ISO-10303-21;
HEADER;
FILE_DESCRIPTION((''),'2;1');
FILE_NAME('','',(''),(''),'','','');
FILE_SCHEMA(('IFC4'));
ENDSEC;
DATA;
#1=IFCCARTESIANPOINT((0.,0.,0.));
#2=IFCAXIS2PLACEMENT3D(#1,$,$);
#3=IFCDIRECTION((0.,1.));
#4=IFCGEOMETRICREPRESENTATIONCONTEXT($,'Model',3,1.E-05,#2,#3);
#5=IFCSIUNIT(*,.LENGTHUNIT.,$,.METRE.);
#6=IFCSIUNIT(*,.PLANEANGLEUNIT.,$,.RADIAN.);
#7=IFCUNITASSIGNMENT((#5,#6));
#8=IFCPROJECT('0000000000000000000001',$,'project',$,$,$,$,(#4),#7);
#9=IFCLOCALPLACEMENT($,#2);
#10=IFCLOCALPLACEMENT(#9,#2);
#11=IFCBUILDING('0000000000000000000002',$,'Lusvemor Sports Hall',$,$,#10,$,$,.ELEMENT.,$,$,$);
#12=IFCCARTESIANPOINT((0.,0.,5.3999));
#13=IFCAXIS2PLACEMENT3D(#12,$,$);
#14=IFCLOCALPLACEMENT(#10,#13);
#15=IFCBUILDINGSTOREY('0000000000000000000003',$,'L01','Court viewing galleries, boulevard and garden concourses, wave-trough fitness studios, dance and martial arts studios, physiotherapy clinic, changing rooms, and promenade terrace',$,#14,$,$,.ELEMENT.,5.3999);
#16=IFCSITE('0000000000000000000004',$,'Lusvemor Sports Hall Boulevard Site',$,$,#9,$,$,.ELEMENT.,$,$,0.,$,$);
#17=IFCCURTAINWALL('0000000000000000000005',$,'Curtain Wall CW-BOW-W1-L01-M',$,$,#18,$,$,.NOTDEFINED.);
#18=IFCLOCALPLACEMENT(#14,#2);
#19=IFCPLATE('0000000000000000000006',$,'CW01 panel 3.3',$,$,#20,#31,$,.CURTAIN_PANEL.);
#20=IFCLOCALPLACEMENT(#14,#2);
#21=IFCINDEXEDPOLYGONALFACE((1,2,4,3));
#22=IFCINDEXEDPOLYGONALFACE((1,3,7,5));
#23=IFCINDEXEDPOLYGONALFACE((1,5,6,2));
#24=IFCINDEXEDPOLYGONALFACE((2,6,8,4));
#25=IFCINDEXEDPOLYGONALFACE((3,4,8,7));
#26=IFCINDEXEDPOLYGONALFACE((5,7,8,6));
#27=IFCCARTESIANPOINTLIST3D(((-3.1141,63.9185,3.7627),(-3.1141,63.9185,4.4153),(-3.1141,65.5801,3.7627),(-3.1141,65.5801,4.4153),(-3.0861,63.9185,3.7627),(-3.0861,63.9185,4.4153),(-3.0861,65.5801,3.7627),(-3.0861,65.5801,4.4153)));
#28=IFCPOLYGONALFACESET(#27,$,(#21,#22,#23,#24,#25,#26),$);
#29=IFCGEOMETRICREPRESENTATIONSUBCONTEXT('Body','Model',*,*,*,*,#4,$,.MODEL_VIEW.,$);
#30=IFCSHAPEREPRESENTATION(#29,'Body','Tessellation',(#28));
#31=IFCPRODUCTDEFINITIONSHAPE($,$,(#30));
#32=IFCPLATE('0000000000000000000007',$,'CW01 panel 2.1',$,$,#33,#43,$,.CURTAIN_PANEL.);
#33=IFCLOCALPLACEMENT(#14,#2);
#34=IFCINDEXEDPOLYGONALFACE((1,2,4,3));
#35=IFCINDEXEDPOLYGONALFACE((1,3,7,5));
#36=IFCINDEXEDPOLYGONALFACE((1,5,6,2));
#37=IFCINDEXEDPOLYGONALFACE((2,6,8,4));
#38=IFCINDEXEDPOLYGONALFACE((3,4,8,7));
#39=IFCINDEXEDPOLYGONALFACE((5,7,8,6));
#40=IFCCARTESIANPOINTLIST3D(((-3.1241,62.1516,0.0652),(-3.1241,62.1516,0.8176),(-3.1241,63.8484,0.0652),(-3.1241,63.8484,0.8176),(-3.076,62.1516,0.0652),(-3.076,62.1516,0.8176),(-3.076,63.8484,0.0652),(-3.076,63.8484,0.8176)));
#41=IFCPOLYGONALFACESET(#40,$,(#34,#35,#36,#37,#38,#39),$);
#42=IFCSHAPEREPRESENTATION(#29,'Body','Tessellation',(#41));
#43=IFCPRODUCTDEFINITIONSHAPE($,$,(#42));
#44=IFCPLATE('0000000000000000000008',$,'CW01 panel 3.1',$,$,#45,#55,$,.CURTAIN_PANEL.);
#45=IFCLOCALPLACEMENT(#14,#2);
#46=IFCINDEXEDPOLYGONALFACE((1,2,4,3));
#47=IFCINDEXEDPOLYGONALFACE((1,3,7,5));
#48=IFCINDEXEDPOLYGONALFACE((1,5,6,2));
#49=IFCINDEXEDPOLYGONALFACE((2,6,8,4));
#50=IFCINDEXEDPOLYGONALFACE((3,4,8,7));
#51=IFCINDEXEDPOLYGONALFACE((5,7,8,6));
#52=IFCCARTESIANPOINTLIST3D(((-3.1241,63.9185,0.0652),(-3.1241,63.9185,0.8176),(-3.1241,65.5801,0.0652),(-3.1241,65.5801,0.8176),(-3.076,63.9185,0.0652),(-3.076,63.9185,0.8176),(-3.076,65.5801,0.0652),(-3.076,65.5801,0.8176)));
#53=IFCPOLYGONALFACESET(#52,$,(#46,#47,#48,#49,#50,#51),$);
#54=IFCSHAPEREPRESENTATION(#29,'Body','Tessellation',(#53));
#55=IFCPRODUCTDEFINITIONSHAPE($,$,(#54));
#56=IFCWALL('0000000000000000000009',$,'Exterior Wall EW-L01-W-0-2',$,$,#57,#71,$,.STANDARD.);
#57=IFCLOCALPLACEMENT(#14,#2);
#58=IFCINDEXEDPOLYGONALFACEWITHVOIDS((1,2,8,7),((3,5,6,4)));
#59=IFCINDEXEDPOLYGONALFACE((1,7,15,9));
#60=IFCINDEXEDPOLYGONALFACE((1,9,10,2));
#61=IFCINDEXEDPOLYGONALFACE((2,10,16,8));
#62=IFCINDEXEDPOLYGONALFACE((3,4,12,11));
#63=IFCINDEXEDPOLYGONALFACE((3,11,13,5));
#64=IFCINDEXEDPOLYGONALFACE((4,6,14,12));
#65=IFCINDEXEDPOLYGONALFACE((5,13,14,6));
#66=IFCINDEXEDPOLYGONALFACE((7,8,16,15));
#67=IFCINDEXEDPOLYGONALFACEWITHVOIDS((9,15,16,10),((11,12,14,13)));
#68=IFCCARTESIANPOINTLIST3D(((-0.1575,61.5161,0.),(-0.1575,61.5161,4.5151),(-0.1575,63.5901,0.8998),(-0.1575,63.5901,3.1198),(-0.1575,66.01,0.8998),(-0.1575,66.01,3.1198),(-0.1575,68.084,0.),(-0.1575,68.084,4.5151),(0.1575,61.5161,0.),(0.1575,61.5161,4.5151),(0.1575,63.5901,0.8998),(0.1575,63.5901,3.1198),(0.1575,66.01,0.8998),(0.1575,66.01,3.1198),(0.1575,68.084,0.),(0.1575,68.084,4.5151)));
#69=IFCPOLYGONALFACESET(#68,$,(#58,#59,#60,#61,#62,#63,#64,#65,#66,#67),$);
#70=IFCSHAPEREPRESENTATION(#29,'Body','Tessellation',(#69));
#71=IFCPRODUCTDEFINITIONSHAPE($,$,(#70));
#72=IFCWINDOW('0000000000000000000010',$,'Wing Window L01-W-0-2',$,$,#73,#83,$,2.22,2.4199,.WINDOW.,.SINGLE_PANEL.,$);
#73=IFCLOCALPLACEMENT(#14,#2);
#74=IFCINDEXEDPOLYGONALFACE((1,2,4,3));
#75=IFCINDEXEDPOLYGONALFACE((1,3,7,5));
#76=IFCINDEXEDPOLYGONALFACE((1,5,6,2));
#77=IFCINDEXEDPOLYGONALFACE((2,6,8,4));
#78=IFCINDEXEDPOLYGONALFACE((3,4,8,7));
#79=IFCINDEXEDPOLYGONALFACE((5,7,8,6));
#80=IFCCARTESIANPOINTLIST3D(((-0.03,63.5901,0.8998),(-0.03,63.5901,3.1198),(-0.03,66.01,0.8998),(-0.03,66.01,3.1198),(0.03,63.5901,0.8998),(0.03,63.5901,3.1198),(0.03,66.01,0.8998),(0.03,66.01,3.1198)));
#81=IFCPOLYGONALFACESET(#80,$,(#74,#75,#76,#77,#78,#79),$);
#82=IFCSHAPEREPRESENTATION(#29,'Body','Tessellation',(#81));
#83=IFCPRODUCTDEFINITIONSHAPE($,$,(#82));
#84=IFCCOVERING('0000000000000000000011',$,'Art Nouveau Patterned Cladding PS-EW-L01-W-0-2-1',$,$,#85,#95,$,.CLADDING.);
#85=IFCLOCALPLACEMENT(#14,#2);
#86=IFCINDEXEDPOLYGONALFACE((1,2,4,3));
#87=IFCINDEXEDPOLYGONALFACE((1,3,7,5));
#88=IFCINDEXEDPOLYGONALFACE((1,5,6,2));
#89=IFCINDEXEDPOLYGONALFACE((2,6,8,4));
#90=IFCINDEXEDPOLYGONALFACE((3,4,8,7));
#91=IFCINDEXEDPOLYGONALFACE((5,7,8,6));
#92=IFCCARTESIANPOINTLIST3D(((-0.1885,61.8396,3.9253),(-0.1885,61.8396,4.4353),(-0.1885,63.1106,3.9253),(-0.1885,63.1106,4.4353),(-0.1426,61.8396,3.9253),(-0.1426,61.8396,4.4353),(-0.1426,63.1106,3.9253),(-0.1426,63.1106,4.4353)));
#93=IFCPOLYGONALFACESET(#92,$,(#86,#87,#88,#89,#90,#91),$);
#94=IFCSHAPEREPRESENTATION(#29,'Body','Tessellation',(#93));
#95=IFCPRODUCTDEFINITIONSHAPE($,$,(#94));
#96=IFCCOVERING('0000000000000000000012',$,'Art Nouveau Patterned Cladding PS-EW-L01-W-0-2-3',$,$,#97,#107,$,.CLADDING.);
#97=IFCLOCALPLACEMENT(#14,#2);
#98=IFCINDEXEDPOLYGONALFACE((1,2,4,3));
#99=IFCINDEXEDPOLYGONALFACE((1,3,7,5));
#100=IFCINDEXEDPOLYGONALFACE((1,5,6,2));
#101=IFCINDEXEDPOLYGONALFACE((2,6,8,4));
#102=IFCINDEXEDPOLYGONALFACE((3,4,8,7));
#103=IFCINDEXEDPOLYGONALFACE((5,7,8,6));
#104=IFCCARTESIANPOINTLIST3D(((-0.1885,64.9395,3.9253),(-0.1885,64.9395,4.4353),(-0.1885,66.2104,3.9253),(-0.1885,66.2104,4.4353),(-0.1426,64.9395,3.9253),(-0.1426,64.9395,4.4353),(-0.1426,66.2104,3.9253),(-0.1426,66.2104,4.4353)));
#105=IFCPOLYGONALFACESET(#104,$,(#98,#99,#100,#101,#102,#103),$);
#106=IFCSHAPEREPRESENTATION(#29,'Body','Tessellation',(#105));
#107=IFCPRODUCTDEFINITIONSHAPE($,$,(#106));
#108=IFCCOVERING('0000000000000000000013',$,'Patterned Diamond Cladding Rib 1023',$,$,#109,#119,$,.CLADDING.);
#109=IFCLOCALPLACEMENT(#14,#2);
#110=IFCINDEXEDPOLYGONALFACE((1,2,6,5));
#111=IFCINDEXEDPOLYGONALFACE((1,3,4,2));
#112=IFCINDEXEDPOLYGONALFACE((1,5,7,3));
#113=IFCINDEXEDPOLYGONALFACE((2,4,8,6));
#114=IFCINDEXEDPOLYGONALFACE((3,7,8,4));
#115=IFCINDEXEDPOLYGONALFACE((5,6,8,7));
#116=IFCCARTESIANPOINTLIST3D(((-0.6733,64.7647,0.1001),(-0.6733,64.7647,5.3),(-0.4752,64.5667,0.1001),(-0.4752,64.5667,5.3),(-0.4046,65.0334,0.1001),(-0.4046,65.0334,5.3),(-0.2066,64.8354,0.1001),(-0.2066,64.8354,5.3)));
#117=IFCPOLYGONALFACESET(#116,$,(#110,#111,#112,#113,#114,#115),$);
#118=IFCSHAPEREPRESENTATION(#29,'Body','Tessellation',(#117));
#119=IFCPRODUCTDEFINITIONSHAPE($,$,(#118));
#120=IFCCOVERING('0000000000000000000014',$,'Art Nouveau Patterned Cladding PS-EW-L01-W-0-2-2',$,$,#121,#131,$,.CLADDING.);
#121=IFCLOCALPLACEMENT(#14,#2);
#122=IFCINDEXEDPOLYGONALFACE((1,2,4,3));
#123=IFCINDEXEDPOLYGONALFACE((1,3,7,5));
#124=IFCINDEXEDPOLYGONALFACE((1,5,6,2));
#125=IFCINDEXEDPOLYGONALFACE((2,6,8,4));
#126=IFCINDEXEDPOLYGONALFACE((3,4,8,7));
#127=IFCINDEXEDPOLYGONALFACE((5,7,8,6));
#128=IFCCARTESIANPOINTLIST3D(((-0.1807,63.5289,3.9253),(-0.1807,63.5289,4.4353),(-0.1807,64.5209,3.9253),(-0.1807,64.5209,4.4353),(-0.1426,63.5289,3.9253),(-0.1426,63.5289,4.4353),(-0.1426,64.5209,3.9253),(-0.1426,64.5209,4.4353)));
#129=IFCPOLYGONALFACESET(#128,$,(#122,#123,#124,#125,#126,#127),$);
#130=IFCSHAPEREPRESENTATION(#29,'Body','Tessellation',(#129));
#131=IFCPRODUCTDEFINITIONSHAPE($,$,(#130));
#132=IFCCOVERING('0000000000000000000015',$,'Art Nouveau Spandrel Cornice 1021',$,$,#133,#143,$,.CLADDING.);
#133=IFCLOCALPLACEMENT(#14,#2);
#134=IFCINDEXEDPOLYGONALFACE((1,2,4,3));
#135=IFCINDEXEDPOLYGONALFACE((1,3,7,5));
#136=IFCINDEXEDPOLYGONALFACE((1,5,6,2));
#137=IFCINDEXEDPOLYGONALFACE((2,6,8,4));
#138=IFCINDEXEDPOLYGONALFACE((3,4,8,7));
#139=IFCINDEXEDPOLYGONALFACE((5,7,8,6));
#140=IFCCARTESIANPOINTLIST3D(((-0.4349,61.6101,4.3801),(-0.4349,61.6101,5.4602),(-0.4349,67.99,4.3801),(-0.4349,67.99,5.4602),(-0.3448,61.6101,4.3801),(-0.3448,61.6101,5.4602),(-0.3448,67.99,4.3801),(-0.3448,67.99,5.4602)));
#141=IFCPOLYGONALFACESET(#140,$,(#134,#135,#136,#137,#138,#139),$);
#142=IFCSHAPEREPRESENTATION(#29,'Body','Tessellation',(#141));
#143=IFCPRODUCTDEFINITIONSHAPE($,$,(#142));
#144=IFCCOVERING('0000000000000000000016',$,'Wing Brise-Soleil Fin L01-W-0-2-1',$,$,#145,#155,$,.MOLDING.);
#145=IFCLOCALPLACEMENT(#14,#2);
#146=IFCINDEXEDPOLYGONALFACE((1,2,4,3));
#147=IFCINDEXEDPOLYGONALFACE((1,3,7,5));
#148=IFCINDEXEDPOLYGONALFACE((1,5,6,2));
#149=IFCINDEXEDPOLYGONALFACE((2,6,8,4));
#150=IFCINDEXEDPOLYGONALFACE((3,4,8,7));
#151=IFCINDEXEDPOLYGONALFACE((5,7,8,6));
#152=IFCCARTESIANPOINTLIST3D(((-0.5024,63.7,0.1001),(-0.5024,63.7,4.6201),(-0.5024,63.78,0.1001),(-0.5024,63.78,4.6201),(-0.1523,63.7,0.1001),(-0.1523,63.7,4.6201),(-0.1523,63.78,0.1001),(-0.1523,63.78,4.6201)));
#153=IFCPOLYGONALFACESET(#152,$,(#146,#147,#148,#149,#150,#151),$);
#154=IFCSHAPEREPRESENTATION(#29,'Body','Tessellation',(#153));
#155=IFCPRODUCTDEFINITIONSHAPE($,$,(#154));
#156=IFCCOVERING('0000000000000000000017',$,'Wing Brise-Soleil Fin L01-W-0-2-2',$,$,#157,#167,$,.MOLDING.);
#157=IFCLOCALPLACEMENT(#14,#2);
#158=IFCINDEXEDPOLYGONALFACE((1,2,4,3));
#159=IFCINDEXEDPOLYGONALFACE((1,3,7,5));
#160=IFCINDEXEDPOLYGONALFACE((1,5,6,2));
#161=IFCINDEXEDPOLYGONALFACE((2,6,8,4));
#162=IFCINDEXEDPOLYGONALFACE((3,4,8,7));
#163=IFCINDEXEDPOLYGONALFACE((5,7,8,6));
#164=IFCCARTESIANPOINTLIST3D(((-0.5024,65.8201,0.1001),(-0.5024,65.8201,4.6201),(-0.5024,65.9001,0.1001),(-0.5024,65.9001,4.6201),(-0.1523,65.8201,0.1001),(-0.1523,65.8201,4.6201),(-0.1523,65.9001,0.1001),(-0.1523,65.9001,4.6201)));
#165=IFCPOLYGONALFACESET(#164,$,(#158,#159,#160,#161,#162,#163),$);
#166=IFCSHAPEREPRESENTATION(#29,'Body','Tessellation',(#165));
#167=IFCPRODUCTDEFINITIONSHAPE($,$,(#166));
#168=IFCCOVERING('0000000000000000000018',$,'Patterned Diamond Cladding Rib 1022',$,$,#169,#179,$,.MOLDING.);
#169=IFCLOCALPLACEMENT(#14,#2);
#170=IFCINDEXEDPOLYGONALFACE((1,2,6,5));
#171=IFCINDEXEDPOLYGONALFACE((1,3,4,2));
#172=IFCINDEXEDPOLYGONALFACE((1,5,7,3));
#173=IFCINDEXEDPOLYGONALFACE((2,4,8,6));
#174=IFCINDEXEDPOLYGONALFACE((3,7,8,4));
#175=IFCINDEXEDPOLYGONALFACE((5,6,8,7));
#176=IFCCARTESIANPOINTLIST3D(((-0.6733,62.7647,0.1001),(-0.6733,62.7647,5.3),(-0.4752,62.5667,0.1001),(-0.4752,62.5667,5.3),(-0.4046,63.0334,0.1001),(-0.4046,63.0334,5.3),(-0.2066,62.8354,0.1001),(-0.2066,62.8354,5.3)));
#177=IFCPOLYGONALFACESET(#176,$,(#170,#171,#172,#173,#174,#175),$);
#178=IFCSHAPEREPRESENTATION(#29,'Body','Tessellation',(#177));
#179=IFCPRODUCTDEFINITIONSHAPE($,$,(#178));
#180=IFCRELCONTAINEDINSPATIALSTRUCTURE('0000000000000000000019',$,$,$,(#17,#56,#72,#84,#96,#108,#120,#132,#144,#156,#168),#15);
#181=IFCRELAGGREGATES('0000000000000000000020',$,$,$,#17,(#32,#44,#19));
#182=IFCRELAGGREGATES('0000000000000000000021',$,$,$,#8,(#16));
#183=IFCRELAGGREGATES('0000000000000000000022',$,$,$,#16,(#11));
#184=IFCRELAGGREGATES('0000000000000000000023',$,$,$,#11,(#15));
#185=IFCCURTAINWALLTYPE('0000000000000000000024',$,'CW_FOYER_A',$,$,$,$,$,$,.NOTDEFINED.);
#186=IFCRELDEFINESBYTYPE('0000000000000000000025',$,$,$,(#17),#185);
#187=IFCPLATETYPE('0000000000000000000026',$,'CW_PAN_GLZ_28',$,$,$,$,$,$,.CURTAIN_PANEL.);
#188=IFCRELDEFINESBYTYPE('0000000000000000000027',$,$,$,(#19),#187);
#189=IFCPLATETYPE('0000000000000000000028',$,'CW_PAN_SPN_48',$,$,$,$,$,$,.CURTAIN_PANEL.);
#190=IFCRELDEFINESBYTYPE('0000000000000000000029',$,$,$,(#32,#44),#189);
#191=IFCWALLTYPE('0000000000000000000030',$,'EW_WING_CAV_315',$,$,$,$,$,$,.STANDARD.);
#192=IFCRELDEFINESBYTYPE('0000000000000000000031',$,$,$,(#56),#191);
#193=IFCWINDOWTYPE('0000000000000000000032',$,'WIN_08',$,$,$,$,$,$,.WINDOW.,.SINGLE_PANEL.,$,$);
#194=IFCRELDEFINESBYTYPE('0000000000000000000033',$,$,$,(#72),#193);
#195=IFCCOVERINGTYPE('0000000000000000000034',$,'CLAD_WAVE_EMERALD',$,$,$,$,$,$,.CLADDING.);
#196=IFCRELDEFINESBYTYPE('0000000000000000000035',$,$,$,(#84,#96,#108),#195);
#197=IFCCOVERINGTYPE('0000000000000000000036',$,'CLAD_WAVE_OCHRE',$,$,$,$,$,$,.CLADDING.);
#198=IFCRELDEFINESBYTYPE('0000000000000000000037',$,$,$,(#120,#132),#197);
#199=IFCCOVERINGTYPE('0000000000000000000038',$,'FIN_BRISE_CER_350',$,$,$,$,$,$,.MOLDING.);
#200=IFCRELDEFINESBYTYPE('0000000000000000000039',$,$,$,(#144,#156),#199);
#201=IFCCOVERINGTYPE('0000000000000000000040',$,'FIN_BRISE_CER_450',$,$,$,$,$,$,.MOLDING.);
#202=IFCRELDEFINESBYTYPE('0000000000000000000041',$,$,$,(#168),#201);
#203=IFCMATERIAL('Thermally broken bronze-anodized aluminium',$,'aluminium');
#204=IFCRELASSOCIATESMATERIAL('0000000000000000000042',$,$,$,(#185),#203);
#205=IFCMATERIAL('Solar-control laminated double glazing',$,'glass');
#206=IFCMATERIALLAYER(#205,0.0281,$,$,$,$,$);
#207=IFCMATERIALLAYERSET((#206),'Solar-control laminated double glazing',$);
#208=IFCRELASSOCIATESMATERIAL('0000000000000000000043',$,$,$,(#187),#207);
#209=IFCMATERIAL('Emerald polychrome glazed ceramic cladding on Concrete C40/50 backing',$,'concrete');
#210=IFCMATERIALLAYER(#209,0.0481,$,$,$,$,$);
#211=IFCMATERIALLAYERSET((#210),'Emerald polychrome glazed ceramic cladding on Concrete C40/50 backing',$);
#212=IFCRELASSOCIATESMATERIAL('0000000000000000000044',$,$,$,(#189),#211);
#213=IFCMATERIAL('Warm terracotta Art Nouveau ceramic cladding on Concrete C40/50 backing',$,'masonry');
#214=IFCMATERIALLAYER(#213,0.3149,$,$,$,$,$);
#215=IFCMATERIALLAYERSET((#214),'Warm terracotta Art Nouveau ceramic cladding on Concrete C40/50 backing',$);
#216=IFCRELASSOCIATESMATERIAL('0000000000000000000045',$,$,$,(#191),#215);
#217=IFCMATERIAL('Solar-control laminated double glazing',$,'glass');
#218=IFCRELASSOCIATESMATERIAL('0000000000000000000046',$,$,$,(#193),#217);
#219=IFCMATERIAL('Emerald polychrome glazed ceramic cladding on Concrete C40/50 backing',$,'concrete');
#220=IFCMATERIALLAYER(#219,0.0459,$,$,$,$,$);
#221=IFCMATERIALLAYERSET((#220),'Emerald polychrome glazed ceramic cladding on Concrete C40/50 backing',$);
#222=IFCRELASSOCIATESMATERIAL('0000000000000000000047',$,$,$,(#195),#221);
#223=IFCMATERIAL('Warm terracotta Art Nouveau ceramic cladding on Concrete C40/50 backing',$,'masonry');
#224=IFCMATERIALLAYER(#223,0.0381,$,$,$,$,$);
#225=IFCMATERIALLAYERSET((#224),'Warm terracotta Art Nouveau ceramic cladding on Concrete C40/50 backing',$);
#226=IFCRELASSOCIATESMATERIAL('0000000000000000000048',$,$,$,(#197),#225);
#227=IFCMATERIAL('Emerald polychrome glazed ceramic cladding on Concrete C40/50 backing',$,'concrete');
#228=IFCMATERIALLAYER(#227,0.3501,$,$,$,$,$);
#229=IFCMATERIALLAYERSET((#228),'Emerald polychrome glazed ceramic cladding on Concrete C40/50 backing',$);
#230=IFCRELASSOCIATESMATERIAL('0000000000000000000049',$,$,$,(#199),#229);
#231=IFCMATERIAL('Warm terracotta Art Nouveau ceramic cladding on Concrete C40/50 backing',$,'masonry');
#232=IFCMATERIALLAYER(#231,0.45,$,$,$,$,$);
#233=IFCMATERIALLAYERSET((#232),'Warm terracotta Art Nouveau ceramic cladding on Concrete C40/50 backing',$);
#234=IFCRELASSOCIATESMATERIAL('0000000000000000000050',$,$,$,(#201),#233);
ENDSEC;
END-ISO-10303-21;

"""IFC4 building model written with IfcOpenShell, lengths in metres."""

from ifc_helpers import new_model, si_unit, direction, frame, frame_2d, origin, origin_2d, place, context, subcontext, project, spatial, rectangle, extrude, material, layer, layer_set, type_object, element, fill, aggregate, save


model = new_model("IFC4")

# Units and contexts
model_context = context("Model", 3, precision=1e-05, world=origin(), true_north=direction((0.0, 1.0)))
body_context = subcontext(model_context, "Body", "Model", "MODEL_VIEW")
ifc_project = project(units=[si_unit("LENGTHUNIT", "METRE"), si_unit("PLANEANGLEUNIT", "RADIAN")], contexts=[model_context])

# Site, building, storey
site_placement = place(None, origin())
site = spatial("IfcSite", under=ifc_project, at=site_placement, Name="Lusvemor Sports Hall Boulevard Site", CompositionType="ELEMENT", RefElevation=0.0)
building_placement = place(site_placement, origin())
building = spatial("IfcBuilding", under=site, at=building_placement, Name="Lusvemor Sports Hall", CompositionType="ELEMENT")
storey_placement = place(building_placement, frame((0.0, 0.0, 5.3999)))
storey = spatial("IfcBuildingStorey", under=building, at=storey_placement, Name="L01", Description="Court viewing galleries, boulevard and garden concourses, wave-trough fitness studios, dance and martial arts studios, physiotherapy clinic, changing rooms, and promenade terrace", CompositionType="ELEMENT", Elevation=5.3999)

# Curtain wall
ifc_material_1 = material(Name="Thermally broken bronze-anodized aluminium", Category="aluminium")
curtain_wall_type = type_object("IfcCurtainWallType", Name="CW_FOYER_A", PredefinedType="NOTDEFINED", material=ifc_material_1)
curtain_wall_placement = place(storey_placement, origin())
curtain_wall = element("IfcCurtainWall", 1, at=curtain_wall_placement, inside=storey, type_object=curtain_wall_type, Name="Curtain Wall CW-BOW-W1-L01-M", PredefinedType="NOTDEFINED")

# Plates
ifc_material_2 = material(Name="Solar-control laminated double glazing", Category="glass")
ifc_layer_1 = layer(ifc_material_2, 0.0281)
ifc_layer_set_1 = layer_set([ifc_layer_1], Name="Solar-control laminated double glazing")
plate_type_1 = type_object("IfcPlateType", Name="CW_PAN_GLZ_28", PredefinedType="CURTAIN_PANEL", material=ifc_layer_set_1)
plate_1_placement = place(storey_placement, frame((-3.1001, 64.7493, 3.7627), z_axis=(0.0, 0.0, 1.0), x_axis=(0.0, 1.0, 0.0)))
plate_1 = element("IfcPlate", 2, at=plate_1_placement, type_object=plate_type_1, Name="CW01 panel 3.3", PredefinedType="CURTAIN_PANEL", context=body_context, shape_type="SweptSolid", body=[
    extrude(rectangle(XDim=1.6616, YDim=0.0281, at=origin_2d()), origin(), (0.0, 0.0, 1.0), 0.6526),
])
ifc_material_3 = material(Name="Emerald polychrome glazed ceramic cladding on Concrete C40/50 backing", Category="concrete")
ifc_layer_2 = layer(ifc_material_3, 0.0481)
ifc_layer_set_2 = layer_set([ifc_layer_2], Name="Emerald polychrome glazed ceramic cladding on Concrete C40/50 backing")
plate_type_2 = type_object("IfcPlateType", Name="CW_PAN_SPN_48", PredefinedType="CURTAIN_PANEL", material=ifc_layer_set_2)
plate_2_placement = place(storey_placement, frame((-3.1001, 63.0, 0.0652), z_axis=(0.0, 0.0, 1.0), x_axis=(0.0, 1.0, 0.0)))
plate_2 = element("IfcPlate", 3, at=plate_2_placement, type_object=plate_type_2, Name="CW01 panel 2.1", PredefinedType="CURTAIN_PANEL", context=body_context, shape_type="SweptSolid", body=[
    extrude(rectangle(XDim=1.6968, YDim=0.0481, at=origin_2d()), origin(), (0.0, 0.0, 1.0), 0.7524),
])
plate_3_placement = place(storey_placement, frame((-3.1001, 64.7493, 0.0652), z_axis=(0.0, 0.0, 1.0), x_axis=(0.0, 1.0, 0.0)))
plate_3 = element("IfcPlate", 4, at=plate_3_placement, type_object=plate_type_2, Name="CW01 panel 3.1", PredefinedType="CURTAIN_PANEL", context=body_context, shape_type="SweptSolid", body=[
    extrude(rectangle(XDim=1.6616, YDim=0.0481, at=origin_2d()), origin(), (0.0, 0.0, 1.0), 0.7524),
])
aggregate(curtain_wall, [plate_2, plate_3, plate_1])

# Wall, opening, window
ifc_material_4 = material(Name="Warm terracotta Art Nouveau ceramic cladding on Concrete C40/50 backing", Category="masonry")
ifc_layer_3 = layer(ifc_material_4, 0.3149)
ifc_layer_set_3 = layer_set([ifc_layer_3], Name="Warm terracotta Art Nouveau ceramic cladding on Concrete C40/50 backing")
wall_type = type_object("IfcWallType", Name="EW_WING_CAV_315", PredefinedType="STANDARD", material=ifc_layer_set_3)
wall_placement = place(storey_placement, frame((0.0, 61.5161, 0.0), z_axis=(0.0, 0.0, 1.0), x_axis=(0.0, 1.0, 0.0)))
wall = element("IfcWall", 5, at=wall_placement, inside=storey, type_object=wall_type, Name="Exterior Wall EW-L01-W-0-2", PredefinedType="STANDARD", context=body_context, shape_type="SweptSolid", body=[
    extrude(rectangle(XDim=6.5679, YDim=0.3149, at=frame_2d((3.2839, 0.0))), origin(), (0.0, 0.0, 1.0), 4.5151),
])
opening_placement = place(wall_placement, frame((2.074, 0.0, 0.8999)))
opening = element("IfcOpeningElement", 6, at=opening_placement, cuts=wall, PredefinedType="OPENING", context=body_context, shape_type="SweptSolid", body=[
    extrude(rectangle(XDim=2.4199, YDim=2.22, at=frame_2d((1.21, 1.1099))), frame((0.0, 0.1575, 0.0), z_axis=(0.0, -1.0, 0.0), x_axis=(1.0, 0.0, 0.0)), (0.0, 0.0, 1.0), 0.3149),
])
ifc_material_5 = material(Name="Solar-control laminated double glazing", Category="glass")
window_type = type_object("IfcWindowType", Name="WIN_08", PartitioningType="SINGLE_PANEL", PredefinedType="WINDOW", material=ifc_material_5)
window_placement = place(opening_placement, origin())
window = element("IfcWindow", 7, at=window_placement, inside=storey, type_object=window_type, Name="Wing Window L01-W-0-2", OverallHeight=2.22, OverallWidth=2.4199, PartitioningType="SINGLE_PANEL", PredefinedType="WINDOW", context=body_context, shape_type="SweptSolid", body=[
    extrude(rectangle(XDim=2.4199, YDim=2.22, at=frame_2d((1.21, 1.1099))), frame((0.0, 0.03, 0.0), z_axis=(0.0, -1.0, 0.0), x_axis=(1.0, 0.0, 0.0)), (0.0, 0.0, 1.0), 0.0601),
])
fill(opening, window)

# Coverings
ifc_material_6 = material(Name="Emerald polychrome glazed ceramic cladding on Concrete C40/50 backing", Category="concrete")
ifc_layer_4 = layer(ifc_material_6, 0.0459)
ifc_layer_set_4 = layer_set([ifc_layer_4], Name="Emerald polychrome glazed ceramic cladding on Concrete C40/50 backing")
covering_type_1 = type_object("IfcCoveringType", Name="CLAD_WAVE_EMERALD", PredefinedType="CLADDING", material=ifc_layer_set_4)
for number, where, z_axis, x_axis, name in (
    (8, (-0.1655, 62.4751, 3.9253), (0.0, 0.0, 1.0), (1.0, 0.0, 0.0), "Art Nouveau Patterned Cladding PS-EW-L01-W-0-2-1"),
    (9, (-0.1655, 65.575, 3.9253), (0.0, 0.0, 1.0), (1.0, 0.0, 0.0), "Art Nouveau Patterned Cladding PS-EW-L01-W-0-2-3"),
):
    element("IfcCovering", number, at=place(storey_placement, frame(where, z_axis=z_axis, x_axis=x_axis)), inside=storey, type_object=covering_type_1, Name=name, PredefinedType="CLADDING", context=body_context, shape_type="SweptSolid", body=[
        extrude(rectangle(XDim=0.0459, YDim=1.271, at=origin_2d()), origin(), (0.0, 0.0, 1.0), 0.51),
    ])
covering_1_placement = place(storey_placement, frame((-0.4399, 64.8, 0.1001), z_axis=(0.0, 0.0, 1.0), x_axis=(0.707107, 0.707107, 0.0)))
element("IfcCovering", 10, at=covering_1_placement, inside=storey, type_object=covering_type_1, Name="Patterned Diamond Cladding Rib 1023", PredefinedType="CLADDING", context=body_context, shape_type="SweptSolid", body=[
    extrude(rectangle(XDim=0.3799, YDim=0.28, at=origin_2d()), origin(), (0.0, 0.0, 1.0), 5.2),
])
ifc_material_7 = material(Name="Warm terracotta Art Nouveau ceramic cladding on Concrete C40/50 backing", Category="masonry")
ifc_layer_5 = layer(ifc_material_7, 0.0381)
ifc_layer_set_5 = layer_set([ifc_layer_5], Name="Warm terracotta Art Nouveau ceramic cladding on Concrete C40/50 backing")
covering_type_2 = type_object("IfcCoveringType", Name="CLAD_WAVE_OCHRE", PredefinedType="CLADDING", material=ifc_layer_set_5)
covering_2_placement = place(storey_placement, frame((-0.1616, 64.0249, 3.9253), z_axis=(0.0, 0.0, 1.0), x_axis=(1.0, 0.0, 0.0)))
element("IfcCovering", 11, at=covering_2_placement, inside=storey, type_object=covering_type_2, Name="Art Nouveau Patterned Cladding PS-EW-L01-W-0-2-2", PredefinedType="CLADDING", context=body_context, shape_type="SweptSolid", body=[
    extrude(rectangle(XDim=0.0381, YDim=0.9919, at=origin_2d()), origin(), (0.0, 0.0, 1.0), 0.51),
])
covering_3_placement = place(storey_placement, frame((-0.3899, 64.8, 4.3801), z_axis=(0.0, 0.0, 1.0), x_axis=(1.0, 0.0, 0.0)))
element("IfcCovering", 12, at=covering_3_placement, inside=storey, type_object=covering_type_2, Name="Art Nouveau Spandrel Cornice 1021", PredefinedType="CLADDING", context=body_context, shape_type="SweptSolid", body=[
    extrude(rectangle(XDim=0.0901, YDim=6.3799, at=origin_2d()), origin(), (0.0, 0.0, 1.0), 1.0801),
])
ifc_material_8 = material(Name="Emerald polychrome glazed ceramic cladding on Concrete C40/50 backing", Category="concrete")
ifc_layer_6 = layer(ifc_material_8, 0.3501)
ifc_layer_set_6 = layer_set([ifc_layer_6], Name="Emerald polychrome glazed ceramic cladding on Concrete C40/50 backing")
covering_type_3 = type_object("IfcCoveringType", Name="FIN_BRISE_CER_350", PredefinedType="MOLDING", material=ifc_layer_set_6)
for number, where, z_axis, x_axis, name in (
    (13, (-0.3274, 63.74, 0.1001), (0.0, 0.0, 1.0), (1.0, 0.0, 0.0), "Wing Brise-Soleil Fin L01-W-0-2-1"),
    (14, (-0.3274, 65.8601, 0.1001), (0.0, 0.0, 1.0), (1.0, 0.0, 0.0), "Wing Brise-Soleil Fin L01-W-0-2-2"),
):
    element("IfcCovering", number, at=place(storey_placement, frame(where, z_axis=z_axis, x_axis=x_axis)), inside=storey, type_object=covering_type_3, Name=name, PredefinedType="MOLDING", context=body_context, shape_type="SweptSolid", body=[
        extrude(rectangle(XDim=0.3501, YDim=0.0801, at=origin_2d()), origin(), (0.0, 0.0, 1.0), 4.52),
    ])
ifc_material_9 = material(Name="Warm terracotta Art Nouveau ceramic cladding on Concrete C40/50 backing", Category="masonry")
ifc_layer_7 = layer(ifc_material_9, 0.45)
ifc_layer_set_7 = layer_set([ifc_layer_7], Name="Warm terracotta Art Nouveau ceramic cladding on Concrete C40/50 backing")
covering_type_4 = type_object("IfcCoveringType", Name="FIN_BRISE_CER_450", PredefinedType="MOLDING", material=ifc_layer_set_7)
covering_4_placement = place(storey_placement, frame((-0.4399, 62.8, 0.1001), z_axis=(0.0, 0.0, 1.0), x_axis=(0.707107, 0.707107, 0.0)))
element("IfcCovering", 15, at=covering_4_placement, inside=storey, type_object=covering_type_4, Name="Patterned Diamond Cladding Rib 1022", PredefinedType="MOLDING", context=body_context, shape_type="SweptSolid", body=[
    extrude(rectangle(XDim=0.3799, YDim=0.28, at=origin_2d()), origin(), (0.0, 0.0, 1.0), 5.2),
])

save(model, "model.ifc")
